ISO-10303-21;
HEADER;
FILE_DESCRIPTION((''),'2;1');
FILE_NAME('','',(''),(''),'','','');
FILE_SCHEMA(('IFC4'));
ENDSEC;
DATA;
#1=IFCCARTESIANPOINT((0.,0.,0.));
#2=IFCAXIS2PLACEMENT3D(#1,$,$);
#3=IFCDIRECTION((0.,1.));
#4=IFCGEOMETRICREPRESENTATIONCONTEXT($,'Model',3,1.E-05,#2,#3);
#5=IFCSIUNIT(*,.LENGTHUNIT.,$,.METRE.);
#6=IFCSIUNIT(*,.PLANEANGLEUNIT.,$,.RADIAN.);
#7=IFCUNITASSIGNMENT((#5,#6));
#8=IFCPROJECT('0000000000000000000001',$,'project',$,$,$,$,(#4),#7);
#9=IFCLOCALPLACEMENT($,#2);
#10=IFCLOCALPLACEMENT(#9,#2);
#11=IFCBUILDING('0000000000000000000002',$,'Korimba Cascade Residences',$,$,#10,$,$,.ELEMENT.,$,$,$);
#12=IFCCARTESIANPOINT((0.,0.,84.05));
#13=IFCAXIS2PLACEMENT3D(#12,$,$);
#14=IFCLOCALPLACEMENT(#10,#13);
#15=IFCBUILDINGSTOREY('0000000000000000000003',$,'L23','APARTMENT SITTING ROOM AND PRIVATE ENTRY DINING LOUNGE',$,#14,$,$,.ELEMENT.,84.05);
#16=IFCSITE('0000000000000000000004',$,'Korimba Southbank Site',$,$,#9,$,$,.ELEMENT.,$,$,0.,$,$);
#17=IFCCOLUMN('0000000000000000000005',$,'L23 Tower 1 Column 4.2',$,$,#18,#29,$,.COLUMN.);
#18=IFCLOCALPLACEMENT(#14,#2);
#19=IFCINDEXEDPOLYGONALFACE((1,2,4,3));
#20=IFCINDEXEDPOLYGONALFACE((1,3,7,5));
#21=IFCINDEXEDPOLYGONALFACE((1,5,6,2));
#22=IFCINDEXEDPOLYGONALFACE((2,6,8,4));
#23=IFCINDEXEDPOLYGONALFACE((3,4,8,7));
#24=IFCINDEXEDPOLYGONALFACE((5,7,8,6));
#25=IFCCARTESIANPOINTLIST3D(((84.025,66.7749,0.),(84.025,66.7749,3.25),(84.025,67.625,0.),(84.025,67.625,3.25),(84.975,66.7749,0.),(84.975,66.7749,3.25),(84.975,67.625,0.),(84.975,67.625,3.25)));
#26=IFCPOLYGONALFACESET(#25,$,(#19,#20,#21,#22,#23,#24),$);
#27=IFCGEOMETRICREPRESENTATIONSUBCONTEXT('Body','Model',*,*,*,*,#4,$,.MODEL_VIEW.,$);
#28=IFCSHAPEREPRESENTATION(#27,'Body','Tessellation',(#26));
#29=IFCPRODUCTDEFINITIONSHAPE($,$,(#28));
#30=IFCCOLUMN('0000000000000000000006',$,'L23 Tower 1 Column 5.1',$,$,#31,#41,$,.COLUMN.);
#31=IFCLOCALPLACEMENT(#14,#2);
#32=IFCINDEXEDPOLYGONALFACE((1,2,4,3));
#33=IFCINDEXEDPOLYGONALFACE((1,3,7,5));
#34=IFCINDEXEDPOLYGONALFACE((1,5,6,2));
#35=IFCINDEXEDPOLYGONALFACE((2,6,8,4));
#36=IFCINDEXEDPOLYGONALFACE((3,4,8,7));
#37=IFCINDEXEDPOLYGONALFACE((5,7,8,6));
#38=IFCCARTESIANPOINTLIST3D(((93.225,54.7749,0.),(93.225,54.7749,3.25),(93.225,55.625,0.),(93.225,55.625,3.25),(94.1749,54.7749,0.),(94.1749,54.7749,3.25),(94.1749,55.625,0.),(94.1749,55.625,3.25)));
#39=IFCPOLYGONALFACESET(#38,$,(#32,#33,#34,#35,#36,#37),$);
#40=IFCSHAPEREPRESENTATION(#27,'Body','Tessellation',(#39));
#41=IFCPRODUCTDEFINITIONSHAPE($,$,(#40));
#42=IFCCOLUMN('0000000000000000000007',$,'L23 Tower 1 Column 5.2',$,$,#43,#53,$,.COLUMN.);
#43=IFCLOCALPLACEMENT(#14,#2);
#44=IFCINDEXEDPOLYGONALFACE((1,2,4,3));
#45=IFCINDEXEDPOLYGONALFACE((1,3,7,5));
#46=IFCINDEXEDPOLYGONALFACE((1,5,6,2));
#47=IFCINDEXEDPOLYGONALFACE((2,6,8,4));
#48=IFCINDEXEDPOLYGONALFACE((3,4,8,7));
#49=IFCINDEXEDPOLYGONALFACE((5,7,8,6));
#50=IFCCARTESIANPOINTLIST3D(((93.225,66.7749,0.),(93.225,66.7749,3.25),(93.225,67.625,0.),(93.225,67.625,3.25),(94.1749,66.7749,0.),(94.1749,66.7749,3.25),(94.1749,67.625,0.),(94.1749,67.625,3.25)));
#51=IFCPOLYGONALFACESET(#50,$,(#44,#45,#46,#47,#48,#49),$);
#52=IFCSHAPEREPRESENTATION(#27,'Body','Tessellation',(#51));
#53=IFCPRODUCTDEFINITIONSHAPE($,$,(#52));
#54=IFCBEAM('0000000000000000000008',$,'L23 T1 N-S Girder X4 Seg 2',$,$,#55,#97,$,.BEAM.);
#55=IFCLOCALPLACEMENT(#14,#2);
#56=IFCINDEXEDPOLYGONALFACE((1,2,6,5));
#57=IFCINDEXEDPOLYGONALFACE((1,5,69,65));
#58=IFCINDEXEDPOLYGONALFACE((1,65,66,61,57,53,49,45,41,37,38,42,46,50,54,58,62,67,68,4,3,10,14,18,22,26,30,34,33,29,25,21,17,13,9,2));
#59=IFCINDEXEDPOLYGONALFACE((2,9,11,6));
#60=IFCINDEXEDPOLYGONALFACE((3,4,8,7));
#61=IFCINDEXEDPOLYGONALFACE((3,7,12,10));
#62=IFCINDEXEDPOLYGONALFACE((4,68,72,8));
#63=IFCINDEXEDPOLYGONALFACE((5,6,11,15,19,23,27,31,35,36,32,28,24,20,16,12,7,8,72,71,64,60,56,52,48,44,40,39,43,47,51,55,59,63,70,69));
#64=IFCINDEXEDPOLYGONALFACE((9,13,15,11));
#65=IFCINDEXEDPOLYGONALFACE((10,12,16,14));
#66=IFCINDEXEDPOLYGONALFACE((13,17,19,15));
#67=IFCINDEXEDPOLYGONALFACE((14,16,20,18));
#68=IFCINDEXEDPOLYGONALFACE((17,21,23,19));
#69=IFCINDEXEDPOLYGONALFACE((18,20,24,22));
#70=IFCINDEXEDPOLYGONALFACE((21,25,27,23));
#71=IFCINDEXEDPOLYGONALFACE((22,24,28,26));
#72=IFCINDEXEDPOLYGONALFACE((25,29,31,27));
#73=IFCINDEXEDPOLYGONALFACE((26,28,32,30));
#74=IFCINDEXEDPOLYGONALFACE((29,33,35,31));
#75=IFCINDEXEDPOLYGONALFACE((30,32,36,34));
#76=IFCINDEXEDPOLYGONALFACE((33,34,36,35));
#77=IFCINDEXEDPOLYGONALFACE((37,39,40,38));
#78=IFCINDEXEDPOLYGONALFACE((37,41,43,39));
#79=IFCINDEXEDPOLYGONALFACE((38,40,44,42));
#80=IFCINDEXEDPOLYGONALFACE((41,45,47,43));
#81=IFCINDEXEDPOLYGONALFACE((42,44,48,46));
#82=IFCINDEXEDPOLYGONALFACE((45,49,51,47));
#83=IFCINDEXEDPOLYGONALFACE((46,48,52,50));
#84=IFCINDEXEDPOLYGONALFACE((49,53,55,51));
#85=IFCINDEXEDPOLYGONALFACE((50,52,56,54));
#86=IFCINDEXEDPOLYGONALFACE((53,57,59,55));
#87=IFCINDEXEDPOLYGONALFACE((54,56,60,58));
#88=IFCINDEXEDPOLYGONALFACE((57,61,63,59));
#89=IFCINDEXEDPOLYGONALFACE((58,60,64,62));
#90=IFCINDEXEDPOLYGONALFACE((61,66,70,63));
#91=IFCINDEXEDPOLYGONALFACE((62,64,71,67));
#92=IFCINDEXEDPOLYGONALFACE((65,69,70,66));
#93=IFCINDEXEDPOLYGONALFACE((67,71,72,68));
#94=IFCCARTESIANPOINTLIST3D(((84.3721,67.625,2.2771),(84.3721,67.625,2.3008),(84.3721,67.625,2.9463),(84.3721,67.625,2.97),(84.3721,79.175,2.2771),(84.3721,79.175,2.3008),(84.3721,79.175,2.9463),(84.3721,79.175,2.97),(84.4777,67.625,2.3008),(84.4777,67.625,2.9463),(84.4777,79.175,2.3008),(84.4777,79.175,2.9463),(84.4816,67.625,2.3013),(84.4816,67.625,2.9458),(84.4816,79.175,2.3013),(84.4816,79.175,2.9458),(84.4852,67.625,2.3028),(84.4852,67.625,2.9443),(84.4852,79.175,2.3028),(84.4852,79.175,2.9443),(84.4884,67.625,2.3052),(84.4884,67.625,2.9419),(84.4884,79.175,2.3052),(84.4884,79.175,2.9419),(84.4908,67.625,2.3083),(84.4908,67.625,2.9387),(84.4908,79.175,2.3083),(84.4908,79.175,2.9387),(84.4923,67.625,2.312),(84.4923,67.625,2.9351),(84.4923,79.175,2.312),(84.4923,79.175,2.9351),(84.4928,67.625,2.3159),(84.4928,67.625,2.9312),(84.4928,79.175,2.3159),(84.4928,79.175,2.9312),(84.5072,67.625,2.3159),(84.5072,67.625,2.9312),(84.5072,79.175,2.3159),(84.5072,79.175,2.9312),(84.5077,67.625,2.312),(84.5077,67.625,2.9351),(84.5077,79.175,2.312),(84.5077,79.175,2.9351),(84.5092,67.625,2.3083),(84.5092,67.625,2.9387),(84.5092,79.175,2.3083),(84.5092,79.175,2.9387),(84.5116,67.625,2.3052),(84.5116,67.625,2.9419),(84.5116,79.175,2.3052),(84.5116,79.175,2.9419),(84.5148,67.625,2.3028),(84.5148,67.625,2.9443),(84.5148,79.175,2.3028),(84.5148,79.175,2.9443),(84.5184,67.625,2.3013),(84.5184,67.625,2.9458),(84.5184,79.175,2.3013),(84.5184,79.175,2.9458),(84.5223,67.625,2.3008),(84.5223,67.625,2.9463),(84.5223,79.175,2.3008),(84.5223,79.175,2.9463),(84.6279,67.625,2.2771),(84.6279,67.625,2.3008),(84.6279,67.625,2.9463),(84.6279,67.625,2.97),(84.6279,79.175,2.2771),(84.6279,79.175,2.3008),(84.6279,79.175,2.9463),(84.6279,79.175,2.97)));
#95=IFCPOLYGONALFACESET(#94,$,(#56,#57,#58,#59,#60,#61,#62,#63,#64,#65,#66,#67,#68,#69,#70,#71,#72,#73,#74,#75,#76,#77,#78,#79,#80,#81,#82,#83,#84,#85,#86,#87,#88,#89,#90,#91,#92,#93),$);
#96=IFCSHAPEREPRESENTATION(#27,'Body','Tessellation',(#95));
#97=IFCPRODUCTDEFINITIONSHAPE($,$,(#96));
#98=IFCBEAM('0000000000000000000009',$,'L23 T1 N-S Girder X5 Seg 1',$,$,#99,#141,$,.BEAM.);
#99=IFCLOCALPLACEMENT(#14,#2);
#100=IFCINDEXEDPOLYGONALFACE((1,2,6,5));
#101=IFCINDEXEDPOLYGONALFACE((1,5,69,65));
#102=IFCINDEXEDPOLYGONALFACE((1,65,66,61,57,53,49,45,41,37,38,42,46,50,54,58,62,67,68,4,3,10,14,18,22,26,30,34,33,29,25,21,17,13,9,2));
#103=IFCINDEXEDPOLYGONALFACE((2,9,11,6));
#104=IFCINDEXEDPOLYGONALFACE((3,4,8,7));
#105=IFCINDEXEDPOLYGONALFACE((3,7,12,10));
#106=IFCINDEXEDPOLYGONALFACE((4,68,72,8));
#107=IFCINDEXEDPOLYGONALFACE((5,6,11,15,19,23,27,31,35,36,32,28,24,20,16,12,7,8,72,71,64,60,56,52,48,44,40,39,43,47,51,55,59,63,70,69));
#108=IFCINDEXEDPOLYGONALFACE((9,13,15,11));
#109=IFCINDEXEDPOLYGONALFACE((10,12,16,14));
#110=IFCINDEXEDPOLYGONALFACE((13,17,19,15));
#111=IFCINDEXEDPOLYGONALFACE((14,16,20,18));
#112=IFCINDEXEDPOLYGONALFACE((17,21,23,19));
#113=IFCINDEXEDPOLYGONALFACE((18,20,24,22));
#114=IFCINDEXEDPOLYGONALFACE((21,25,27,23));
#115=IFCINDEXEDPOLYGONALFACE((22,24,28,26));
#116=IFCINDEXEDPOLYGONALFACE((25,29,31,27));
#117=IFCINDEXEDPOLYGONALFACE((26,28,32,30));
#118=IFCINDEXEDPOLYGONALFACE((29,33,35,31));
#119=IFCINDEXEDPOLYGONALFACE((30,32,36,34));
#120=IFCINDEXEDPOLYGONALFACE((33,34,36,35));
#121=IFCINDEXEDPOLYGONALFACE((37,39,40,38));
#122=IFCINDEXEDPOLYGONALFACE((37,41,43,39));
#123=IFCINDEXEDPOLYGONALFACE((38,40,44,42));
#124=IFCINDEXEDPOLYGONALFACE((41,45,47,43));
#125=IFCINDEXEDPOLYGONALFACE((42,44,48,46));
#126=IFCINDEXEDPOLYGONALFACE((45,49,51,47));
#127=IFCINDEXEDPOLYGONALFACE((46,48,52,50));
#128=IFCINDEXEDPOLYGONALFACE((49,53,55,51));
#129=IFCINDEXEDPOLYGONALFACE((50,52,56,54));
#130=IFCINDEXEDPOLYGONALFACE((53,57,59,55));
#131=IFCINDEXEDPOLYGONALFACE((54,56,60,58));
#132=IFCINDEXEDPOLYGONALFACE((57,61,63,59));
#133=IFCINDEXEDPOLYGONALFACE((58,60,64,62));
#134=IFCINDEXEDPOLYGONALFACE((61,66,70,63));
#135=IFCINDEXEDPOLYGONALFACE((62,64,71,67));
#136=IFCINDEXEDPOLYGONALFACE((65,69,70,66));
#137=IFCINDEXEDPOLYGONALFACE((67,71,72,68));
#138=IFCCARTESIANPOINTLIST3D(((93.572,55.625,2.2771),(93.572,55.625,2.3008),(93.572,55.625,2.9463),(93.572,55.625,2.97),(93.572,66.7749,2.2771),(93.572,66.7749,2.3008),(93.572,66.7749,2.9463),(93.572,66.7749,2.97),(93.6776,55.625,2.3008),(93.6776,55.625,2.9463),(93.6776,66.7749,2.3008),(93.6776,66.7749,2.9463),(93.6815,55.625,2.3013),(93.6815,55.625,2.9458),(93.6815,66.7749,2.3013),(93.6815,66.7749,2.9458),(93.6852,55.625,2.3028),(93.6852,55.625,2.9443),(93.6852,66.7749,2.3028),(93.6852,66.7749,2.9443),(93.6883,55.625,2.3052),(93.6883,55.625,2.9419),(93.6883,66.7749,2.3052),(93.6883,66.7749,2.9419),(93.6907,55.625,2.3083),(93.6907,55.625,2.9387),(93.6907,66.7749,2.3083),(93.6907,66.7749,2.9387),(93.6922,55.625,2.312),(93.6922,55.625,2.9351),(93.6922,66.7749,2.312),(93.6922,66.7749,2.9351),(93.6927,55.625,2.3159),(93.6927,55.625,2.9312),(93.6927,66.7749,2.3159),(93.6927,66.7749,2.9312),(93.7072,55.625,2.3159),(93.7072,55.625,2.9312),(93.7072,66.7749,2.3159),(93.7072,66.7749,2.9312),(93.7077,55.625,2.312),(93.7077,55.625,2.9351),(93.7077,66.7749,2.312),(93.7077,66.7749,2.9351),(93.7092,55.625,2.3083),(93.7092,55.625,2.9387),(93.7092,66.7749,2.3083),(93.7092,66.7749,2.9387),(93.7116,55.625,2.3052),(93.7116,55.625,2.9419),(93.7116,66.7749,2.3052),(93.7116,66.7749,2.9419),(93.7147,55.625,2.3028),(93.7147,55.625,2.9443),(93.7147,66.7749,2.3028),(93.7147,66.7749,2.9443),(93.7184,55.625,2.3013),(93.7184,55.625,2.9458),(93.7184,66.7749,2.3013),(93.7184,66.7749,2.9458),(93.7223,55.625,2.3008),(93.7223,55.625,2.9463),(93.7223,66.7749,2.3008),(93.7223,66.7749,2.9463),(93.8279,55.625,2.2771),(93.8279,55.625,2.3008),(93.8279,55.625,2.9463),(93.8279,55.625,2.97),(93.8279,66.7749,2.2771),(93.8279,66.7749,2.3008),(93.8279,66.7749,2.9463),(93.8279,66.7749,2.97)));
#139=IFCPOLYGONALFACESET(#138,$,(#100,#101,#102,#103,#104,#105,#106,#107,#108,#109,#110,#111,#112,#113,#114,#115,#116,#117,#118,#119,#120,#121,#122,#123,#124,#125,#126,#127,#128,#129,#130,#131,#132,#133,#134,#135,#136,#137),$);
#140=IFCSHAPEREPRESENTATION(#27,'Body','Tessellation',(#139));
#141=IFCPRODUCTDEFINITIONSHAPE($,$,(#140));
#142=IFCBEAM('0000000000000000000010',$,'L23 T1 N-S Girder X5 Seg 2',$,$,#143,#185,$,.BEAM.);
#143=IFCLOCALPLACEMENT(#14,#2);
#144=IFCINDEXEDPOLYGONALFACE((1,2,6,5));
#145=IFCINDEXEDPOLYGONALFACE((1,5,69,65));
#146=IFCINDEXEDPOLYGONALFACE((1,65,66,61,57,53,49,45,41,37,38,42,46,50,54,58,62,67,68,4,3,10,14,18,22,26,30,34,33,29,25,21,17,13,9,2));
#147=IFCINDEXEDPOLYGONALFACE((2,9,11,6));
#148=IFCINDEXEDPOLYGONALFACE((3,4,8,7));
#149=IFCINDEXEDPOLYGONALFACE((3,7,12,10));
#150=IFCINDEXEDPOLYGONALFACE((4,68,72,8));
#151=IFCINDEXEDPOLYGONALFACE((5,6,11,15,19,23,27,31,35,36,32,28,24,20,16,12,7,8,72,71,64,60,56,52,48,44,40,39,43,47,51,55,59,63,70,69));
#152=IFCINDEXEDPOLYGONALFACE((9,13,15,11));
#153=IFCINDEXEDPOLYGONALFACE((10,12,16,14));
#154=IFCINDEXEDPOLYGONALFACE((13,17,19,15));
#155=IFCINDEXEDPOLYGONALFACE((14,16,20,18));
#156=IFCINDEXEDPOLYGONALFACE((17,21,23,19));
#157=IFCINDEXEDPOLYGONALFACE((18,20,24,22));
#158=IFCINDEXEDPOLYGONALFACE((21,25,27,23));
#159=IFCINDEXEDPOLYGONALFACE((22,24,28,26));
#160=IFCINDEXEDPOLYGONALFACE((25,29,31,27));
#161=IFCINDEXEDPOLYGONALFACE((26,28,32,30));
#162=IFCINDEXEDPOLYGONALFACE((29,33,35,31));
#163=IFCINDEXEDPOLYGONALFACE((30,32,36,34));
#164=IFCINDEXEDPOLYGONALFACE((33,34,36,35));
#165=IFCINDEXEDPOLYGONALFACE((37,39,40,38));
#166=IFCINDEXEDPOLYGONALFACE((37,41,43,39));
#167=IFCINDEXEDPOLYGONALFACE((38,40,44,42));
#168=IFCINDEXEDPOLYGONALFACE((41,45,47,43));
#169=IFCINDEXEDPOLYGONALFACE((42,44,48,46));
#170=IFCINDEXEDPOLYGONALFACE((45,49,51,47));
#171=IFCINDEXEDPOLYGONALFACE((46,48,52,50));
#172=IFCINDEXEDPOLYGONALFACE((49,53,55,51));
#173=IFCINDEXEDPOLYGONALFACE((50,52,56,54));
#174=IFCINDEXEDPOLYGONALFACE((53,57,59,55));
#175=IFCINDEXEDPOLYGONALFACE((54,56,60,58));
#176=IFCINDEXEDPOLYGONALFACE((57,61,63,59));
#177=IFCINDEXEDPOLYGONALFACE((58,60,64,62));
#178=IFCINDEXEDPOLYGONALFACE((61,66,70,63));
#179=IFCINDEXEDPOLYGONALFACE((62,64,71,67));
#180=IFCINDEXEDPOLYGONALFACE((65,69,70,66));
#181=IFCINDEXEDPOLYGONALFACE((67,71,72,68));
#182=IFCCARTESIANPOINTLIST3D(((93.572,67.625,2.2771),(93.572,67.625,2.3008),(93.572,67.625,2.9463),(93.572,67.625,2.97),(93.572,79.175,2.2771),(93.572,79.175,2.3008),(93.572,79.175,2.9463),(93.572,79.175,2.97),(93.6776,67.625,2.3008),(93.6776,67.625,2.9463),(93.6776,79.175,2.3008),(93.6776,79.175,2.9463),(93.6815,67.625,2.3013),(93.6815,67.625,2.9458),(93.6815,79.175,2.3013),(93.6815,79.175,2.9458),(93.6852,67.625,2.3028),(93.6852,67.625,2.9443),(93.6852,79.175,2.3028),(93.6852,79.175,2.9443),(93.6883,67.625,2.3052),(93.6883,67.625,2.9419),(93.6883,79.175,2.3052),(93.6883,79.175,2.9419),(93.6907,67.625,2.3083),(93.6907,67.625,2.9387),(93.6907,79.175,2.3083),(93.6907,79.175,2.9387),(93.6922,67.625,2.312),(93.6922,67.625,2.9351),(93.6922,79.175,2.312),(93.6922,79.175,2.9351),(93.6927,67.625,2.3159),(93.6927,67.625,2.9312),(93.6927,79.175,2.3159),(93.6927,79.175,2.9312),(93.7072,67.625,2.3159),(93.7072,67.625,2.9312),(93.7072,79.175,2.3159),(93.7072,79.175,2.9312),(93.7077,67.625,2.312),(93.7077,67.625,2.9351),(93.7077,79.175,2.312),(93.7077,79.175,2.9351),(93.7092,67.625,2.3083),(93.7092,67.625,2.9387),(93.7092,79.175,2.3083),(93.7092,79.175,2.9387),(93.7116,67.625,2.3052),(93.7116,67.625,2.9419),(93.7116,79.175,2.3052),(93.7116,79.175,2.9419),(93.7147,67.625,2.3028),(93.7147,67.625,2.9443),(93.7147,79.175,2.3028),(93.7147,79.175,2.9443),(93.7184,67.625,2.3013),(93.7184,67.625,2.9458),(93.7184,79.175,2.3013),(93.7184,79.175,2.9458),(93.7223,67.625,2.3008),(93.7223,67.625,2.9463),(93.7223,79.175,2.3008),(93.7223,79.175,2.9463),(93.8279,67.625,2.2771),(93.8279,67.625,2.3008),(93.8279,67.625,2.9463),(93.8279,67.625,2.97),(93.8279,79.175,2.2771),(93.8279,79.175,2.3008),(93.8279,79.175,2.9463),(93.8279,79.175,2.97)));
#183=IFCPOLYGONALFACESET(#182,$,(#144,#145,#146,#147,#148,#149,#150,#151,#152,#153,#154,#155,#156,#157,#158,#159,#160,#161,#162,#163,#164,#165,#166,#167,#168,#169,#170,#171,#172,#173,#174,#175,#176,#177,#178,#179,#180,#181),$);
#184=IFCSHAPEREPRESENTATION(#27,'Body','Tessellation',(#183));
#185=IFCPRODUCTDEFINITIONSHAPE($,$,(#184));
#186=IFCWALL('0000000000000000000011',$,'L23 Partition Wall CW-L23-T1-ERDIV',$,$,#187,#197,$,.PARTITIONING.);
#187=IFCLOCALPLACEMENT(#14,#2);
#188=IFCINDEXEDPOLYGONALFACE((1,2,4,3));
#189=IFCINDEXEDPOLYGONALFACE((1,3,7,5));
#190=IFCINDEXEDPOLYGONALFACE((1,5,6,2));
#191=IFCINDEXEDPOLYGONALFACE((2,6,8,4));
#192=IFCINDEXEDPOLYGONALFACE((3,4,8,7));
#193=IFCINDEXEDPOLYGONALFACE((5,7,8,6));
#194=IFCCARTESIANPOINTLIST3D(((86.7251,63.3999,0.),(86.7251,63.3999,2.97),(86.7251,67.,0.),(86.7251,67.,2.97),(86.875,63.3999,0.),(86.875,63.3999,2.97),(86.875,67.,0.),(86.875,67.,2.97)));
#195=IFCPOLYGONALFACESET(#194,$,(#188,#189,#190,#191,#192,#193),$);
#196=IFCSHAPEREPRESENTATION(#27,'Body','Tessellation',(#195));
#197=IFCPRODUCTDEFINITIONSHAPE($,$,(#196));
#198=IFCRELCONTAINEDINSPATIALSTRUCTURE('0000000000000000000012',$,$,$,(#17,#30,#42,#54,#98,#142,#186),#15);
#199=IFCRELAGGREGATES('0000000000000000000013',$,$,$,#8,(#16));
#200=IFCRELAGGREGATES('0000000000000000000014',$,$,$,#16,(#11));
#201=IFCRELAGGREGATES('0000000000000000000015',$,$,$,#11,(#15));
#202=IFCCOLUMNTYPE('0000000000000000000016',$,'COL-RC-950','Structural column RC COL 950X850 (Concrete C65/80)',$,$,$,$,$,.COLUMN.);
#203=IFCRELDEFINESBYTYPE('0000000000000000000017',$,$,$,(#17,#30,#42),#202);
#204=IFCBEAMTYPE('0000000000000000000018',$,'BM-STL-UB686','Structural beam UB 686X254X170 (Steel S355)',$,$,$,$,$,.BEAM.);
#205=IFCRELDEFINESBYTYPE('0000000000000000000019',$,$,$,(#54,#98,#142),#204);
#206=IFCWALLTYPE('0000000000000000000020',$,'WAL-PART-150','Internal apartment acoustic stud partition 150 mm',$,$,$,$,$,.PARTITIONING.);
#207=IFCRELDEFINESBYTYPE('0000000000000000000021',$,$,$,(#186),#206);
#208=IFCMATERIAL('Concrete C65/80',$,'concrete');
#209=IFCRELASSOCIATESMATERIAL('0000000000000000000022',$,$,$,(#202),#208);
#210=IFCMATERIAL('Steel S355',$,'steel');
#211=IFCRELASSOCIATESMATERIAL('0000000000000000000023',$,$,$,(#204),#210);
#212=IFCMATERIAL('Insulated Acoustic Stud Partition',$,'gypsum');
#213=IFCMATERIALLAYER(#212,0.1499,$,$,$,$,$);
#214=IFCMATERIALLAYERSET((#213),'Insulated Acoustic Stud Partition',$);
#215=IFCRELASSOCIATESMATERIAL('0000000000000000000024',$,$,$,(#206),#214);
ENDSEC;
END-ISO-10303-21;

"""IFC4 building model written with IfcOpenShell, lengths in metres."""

from ifc_helpers import new_model, si_unit, direction, frame, frame_2d, origin, origin_2d, place, context, subcontext, project, spatial, rectangle, i_section, extrude, material, layer, layer_set, material_profile, profile_set, type_object, element, save


model = new_model("IFC4")

# Units and contexts
model_context = context("Model", 3, precision=1e-05, world=origin(), true_north=direction((0.0, 1.0)))
body_context = subcontext(model_context, "Body", "Model", "MODEL_VIEW")
ifc_project = project(units=[si_unit("LENGTHUNIT", "METRE"), si_unit("PLANEANGLEUNIT", "RADIAN")], contexts=[model_context])

# Site, building, storey
site_placement = place(None, origin())
site = spatial("IfcSite", under=ifc_project, at=site_placement, Name="Korimba Southbank Site", CompositionType="ELEMENT", RefElevation=0.0)
building_placement = place(site_placement, origin())
building = spatial("IfcBuilding", under=site, at=building_placement, Name="Korimba Cascade Residences", CompositionType="ELEMENT")
storey_placement = place(building_placement, frame((0.0, 0.0, 84.05)))
storey = spatial("IfcBuildingStorey", under=building, at=storey_placement, Name="L23", Description="APARTMENT SITTING ROOM AND PRIVATE ENTRY DINING LOUNGE", CompositionType="ELEMENT", Elevation=84.05)

# Columns
ifc_material_1 = material(Name="Concrete C65/80", Category="concrete")
ifc_material_profile_1 = material_profile(ifc_material_1, rectangle(XDim=0.95, YDim=0.8501, at=origin_2d()), Name="Concrete C65/80")
ifc_profile_set_1 = profile_set([ifc_material_profile_1], Name="Concrete C65/80")
column_type = type_object("IfcColumnType", Name="COL-RC-950", Description="Structural column RC COL 950X850 (Concrete C65/80)", PredefinedType="COLUMN", material=ifc_profile_set_1)
for number, where, z_axis, x_axis, name in (
    (1, (84.5, 67.2, 0.0), (0.0, 0.0, 1.0), (1.0, 0.0, 0.0), "L23 Tower 1 Column 4.2"),
    (2, (93.7, 55.2, 0.0), (0.0, 0.0, 1.0), (1.0, 0.0, 0.0), "L23 Tower 1 Column 5.1"),
    (3, (93.7, 67.2, 0.0), (0.0, 0.0, 1.0), (1.0, 0.0, 0.0), "L23 Tower 1 Column 5.2"),
):
    element("IfcColumn", number, at=place(storey_placement, frame(where, z_axis=z_axis, x_axis=x_axis)), inside=storey, type_object=column_type, Name=name, PredefinedType="COLUMN", context=body_context, shape_type="SweptSolid", body=[
        extrude(rectangle(XDim=0.95, YDim=0.8501, at=origin_2d()), origin(), (0.0, 0.0, 1.0), 3.25),
    ])

# Beams
ifc_material_2 = material(Name="Steel S355", Category="steel")
ifc_material_profile_2 = material_profile(ifc_material_2, i_section(OverallWidth=0.2559, OverallDepth=0.6929, WebThickness=0.0144, FlangeThickness=0.0237, FilletRadius=0.0151, at=origin_2d()), Name="Steel S355")
ifc_profile_set_2 = profile_set([ifc_material_profile_2], Name="Steel S355")
beam_type = type_object("IfcBeamType", Name="BM-STL-UB686", Description="Structural beam UB 686X254X170 (Steel S355)", PredefinedType="BEAM", material=ifc_profile_set_2)
beam_1_placement = place(storey_placement, frame((84.5, 67.625, 2.6235), z_axis=(0.0, 1.0, 0.0), x_axis=(-1.0, 0.0, 0.0)))
element("IfcBeam", 4, at=beam_1_placement, inside=storey, type_object=beam_type, Name="L23 T1 N-S Girder X4 Seg 2", PredefinedType="BEAM", context=body_context, shape_type="SweptSolid", body=[
    extrude(i_section(OverallWidth=0.2559, OverallDepth=0.6929, WebThickness=0.0144, FlangeThickness=0.0237, FilletRadius=0.0151, at=origin_2d()), origin(), (0.0, 0.0, 1.0), 11.55),
])
beam_2_placement = place(storey_placement, frame((93.7, 55.625, 2.6235), z_axis=(0.0, 1.0, 0.0), x_axis=(-1.0, 0.0, 0.0)))
element("IfcBeam", 5, at=beam_2_placement, inside=storey, type_object=beam_type, Name="L23 T1 N-S Girder X5 Seg 1", PredefinedType="BEAM", context=body_context, shape_type="SweptSolid", body=[
    extrude(i_section(OverallWidth=0.2559, OverallDepth=0.6929, WebThickness=0.0144, FlangeThickness=0.0237, FilletRadius=0.0151, at=origin_2d()), origin(), (0.0, 0.0, 1.0), 11.1499),
])
beam_3_placement = place(storey_placement, frame((93.7, 67.625, 2.6235), z_axis=(0.0, 1.0, 0.0), x_axis=(-1.0, 0.0, 0.0)))
element("IfcBeam", 6, at=beam_3_placement, inside=storey, type_object=beam_type, Name="L23 T1 N-S Girder X5 Seg 2", PredefinedType="BEAM", context=body_context, shape_type="SweptSolid", body=[
    extrude(i_section(OverallWidth=0.2559, OverallDepth=0.6929, WebThickness=0.0144, FlangeThickness=0.0237, FilletRadius=0.0151, at=origin_2d()), origin(), (0.0, 0.0, 1.0), 11.55),
])

# Wall
ifc_material_3 = material(Name="Insulated Acoustic Stud Partition", Category="gypsum")
ifc_layer_1 = layer(ifc_material_3, 0.1499)
ifc_layer_set_1 = layer_set([ifc_layer_1], Name="Insulated Acoustic Stud Partition")
wall_type_1 = type_object("IfcWallType", Name="WAL-PART-150", Description="Internal apartment acoustic stud partition 150 mm", PredefinedType="PARTITIONING", material=ifc_layer_set_1)
for number, where, z_axis, x_axis, name in (
    (7, (86.8, 63.3999, 0.0), (0.0, 0.0, 1.0), (0.0, 1.0, 0.0), "L23 Partition Wall CW-L23-T1-ERDIV"),
):
    element("IfcWall", number, at=place(storey_placement, frame(where, z_axis=z_axis, x_axis=x_axis)), inside=storey, type_object=wall_type_1, Name=name, PredefinedType="PARTITIONING", context=body_context, shape_type="SweptSolid", body=[
        extrude(rectangle(XDim=3.6001, YDim=0.1499, at=frame_2d((1.8, 0.0))), origin(), (0.0, 0.0, 1.0), 2.97),
    ])

save(model, "model.ifc")
